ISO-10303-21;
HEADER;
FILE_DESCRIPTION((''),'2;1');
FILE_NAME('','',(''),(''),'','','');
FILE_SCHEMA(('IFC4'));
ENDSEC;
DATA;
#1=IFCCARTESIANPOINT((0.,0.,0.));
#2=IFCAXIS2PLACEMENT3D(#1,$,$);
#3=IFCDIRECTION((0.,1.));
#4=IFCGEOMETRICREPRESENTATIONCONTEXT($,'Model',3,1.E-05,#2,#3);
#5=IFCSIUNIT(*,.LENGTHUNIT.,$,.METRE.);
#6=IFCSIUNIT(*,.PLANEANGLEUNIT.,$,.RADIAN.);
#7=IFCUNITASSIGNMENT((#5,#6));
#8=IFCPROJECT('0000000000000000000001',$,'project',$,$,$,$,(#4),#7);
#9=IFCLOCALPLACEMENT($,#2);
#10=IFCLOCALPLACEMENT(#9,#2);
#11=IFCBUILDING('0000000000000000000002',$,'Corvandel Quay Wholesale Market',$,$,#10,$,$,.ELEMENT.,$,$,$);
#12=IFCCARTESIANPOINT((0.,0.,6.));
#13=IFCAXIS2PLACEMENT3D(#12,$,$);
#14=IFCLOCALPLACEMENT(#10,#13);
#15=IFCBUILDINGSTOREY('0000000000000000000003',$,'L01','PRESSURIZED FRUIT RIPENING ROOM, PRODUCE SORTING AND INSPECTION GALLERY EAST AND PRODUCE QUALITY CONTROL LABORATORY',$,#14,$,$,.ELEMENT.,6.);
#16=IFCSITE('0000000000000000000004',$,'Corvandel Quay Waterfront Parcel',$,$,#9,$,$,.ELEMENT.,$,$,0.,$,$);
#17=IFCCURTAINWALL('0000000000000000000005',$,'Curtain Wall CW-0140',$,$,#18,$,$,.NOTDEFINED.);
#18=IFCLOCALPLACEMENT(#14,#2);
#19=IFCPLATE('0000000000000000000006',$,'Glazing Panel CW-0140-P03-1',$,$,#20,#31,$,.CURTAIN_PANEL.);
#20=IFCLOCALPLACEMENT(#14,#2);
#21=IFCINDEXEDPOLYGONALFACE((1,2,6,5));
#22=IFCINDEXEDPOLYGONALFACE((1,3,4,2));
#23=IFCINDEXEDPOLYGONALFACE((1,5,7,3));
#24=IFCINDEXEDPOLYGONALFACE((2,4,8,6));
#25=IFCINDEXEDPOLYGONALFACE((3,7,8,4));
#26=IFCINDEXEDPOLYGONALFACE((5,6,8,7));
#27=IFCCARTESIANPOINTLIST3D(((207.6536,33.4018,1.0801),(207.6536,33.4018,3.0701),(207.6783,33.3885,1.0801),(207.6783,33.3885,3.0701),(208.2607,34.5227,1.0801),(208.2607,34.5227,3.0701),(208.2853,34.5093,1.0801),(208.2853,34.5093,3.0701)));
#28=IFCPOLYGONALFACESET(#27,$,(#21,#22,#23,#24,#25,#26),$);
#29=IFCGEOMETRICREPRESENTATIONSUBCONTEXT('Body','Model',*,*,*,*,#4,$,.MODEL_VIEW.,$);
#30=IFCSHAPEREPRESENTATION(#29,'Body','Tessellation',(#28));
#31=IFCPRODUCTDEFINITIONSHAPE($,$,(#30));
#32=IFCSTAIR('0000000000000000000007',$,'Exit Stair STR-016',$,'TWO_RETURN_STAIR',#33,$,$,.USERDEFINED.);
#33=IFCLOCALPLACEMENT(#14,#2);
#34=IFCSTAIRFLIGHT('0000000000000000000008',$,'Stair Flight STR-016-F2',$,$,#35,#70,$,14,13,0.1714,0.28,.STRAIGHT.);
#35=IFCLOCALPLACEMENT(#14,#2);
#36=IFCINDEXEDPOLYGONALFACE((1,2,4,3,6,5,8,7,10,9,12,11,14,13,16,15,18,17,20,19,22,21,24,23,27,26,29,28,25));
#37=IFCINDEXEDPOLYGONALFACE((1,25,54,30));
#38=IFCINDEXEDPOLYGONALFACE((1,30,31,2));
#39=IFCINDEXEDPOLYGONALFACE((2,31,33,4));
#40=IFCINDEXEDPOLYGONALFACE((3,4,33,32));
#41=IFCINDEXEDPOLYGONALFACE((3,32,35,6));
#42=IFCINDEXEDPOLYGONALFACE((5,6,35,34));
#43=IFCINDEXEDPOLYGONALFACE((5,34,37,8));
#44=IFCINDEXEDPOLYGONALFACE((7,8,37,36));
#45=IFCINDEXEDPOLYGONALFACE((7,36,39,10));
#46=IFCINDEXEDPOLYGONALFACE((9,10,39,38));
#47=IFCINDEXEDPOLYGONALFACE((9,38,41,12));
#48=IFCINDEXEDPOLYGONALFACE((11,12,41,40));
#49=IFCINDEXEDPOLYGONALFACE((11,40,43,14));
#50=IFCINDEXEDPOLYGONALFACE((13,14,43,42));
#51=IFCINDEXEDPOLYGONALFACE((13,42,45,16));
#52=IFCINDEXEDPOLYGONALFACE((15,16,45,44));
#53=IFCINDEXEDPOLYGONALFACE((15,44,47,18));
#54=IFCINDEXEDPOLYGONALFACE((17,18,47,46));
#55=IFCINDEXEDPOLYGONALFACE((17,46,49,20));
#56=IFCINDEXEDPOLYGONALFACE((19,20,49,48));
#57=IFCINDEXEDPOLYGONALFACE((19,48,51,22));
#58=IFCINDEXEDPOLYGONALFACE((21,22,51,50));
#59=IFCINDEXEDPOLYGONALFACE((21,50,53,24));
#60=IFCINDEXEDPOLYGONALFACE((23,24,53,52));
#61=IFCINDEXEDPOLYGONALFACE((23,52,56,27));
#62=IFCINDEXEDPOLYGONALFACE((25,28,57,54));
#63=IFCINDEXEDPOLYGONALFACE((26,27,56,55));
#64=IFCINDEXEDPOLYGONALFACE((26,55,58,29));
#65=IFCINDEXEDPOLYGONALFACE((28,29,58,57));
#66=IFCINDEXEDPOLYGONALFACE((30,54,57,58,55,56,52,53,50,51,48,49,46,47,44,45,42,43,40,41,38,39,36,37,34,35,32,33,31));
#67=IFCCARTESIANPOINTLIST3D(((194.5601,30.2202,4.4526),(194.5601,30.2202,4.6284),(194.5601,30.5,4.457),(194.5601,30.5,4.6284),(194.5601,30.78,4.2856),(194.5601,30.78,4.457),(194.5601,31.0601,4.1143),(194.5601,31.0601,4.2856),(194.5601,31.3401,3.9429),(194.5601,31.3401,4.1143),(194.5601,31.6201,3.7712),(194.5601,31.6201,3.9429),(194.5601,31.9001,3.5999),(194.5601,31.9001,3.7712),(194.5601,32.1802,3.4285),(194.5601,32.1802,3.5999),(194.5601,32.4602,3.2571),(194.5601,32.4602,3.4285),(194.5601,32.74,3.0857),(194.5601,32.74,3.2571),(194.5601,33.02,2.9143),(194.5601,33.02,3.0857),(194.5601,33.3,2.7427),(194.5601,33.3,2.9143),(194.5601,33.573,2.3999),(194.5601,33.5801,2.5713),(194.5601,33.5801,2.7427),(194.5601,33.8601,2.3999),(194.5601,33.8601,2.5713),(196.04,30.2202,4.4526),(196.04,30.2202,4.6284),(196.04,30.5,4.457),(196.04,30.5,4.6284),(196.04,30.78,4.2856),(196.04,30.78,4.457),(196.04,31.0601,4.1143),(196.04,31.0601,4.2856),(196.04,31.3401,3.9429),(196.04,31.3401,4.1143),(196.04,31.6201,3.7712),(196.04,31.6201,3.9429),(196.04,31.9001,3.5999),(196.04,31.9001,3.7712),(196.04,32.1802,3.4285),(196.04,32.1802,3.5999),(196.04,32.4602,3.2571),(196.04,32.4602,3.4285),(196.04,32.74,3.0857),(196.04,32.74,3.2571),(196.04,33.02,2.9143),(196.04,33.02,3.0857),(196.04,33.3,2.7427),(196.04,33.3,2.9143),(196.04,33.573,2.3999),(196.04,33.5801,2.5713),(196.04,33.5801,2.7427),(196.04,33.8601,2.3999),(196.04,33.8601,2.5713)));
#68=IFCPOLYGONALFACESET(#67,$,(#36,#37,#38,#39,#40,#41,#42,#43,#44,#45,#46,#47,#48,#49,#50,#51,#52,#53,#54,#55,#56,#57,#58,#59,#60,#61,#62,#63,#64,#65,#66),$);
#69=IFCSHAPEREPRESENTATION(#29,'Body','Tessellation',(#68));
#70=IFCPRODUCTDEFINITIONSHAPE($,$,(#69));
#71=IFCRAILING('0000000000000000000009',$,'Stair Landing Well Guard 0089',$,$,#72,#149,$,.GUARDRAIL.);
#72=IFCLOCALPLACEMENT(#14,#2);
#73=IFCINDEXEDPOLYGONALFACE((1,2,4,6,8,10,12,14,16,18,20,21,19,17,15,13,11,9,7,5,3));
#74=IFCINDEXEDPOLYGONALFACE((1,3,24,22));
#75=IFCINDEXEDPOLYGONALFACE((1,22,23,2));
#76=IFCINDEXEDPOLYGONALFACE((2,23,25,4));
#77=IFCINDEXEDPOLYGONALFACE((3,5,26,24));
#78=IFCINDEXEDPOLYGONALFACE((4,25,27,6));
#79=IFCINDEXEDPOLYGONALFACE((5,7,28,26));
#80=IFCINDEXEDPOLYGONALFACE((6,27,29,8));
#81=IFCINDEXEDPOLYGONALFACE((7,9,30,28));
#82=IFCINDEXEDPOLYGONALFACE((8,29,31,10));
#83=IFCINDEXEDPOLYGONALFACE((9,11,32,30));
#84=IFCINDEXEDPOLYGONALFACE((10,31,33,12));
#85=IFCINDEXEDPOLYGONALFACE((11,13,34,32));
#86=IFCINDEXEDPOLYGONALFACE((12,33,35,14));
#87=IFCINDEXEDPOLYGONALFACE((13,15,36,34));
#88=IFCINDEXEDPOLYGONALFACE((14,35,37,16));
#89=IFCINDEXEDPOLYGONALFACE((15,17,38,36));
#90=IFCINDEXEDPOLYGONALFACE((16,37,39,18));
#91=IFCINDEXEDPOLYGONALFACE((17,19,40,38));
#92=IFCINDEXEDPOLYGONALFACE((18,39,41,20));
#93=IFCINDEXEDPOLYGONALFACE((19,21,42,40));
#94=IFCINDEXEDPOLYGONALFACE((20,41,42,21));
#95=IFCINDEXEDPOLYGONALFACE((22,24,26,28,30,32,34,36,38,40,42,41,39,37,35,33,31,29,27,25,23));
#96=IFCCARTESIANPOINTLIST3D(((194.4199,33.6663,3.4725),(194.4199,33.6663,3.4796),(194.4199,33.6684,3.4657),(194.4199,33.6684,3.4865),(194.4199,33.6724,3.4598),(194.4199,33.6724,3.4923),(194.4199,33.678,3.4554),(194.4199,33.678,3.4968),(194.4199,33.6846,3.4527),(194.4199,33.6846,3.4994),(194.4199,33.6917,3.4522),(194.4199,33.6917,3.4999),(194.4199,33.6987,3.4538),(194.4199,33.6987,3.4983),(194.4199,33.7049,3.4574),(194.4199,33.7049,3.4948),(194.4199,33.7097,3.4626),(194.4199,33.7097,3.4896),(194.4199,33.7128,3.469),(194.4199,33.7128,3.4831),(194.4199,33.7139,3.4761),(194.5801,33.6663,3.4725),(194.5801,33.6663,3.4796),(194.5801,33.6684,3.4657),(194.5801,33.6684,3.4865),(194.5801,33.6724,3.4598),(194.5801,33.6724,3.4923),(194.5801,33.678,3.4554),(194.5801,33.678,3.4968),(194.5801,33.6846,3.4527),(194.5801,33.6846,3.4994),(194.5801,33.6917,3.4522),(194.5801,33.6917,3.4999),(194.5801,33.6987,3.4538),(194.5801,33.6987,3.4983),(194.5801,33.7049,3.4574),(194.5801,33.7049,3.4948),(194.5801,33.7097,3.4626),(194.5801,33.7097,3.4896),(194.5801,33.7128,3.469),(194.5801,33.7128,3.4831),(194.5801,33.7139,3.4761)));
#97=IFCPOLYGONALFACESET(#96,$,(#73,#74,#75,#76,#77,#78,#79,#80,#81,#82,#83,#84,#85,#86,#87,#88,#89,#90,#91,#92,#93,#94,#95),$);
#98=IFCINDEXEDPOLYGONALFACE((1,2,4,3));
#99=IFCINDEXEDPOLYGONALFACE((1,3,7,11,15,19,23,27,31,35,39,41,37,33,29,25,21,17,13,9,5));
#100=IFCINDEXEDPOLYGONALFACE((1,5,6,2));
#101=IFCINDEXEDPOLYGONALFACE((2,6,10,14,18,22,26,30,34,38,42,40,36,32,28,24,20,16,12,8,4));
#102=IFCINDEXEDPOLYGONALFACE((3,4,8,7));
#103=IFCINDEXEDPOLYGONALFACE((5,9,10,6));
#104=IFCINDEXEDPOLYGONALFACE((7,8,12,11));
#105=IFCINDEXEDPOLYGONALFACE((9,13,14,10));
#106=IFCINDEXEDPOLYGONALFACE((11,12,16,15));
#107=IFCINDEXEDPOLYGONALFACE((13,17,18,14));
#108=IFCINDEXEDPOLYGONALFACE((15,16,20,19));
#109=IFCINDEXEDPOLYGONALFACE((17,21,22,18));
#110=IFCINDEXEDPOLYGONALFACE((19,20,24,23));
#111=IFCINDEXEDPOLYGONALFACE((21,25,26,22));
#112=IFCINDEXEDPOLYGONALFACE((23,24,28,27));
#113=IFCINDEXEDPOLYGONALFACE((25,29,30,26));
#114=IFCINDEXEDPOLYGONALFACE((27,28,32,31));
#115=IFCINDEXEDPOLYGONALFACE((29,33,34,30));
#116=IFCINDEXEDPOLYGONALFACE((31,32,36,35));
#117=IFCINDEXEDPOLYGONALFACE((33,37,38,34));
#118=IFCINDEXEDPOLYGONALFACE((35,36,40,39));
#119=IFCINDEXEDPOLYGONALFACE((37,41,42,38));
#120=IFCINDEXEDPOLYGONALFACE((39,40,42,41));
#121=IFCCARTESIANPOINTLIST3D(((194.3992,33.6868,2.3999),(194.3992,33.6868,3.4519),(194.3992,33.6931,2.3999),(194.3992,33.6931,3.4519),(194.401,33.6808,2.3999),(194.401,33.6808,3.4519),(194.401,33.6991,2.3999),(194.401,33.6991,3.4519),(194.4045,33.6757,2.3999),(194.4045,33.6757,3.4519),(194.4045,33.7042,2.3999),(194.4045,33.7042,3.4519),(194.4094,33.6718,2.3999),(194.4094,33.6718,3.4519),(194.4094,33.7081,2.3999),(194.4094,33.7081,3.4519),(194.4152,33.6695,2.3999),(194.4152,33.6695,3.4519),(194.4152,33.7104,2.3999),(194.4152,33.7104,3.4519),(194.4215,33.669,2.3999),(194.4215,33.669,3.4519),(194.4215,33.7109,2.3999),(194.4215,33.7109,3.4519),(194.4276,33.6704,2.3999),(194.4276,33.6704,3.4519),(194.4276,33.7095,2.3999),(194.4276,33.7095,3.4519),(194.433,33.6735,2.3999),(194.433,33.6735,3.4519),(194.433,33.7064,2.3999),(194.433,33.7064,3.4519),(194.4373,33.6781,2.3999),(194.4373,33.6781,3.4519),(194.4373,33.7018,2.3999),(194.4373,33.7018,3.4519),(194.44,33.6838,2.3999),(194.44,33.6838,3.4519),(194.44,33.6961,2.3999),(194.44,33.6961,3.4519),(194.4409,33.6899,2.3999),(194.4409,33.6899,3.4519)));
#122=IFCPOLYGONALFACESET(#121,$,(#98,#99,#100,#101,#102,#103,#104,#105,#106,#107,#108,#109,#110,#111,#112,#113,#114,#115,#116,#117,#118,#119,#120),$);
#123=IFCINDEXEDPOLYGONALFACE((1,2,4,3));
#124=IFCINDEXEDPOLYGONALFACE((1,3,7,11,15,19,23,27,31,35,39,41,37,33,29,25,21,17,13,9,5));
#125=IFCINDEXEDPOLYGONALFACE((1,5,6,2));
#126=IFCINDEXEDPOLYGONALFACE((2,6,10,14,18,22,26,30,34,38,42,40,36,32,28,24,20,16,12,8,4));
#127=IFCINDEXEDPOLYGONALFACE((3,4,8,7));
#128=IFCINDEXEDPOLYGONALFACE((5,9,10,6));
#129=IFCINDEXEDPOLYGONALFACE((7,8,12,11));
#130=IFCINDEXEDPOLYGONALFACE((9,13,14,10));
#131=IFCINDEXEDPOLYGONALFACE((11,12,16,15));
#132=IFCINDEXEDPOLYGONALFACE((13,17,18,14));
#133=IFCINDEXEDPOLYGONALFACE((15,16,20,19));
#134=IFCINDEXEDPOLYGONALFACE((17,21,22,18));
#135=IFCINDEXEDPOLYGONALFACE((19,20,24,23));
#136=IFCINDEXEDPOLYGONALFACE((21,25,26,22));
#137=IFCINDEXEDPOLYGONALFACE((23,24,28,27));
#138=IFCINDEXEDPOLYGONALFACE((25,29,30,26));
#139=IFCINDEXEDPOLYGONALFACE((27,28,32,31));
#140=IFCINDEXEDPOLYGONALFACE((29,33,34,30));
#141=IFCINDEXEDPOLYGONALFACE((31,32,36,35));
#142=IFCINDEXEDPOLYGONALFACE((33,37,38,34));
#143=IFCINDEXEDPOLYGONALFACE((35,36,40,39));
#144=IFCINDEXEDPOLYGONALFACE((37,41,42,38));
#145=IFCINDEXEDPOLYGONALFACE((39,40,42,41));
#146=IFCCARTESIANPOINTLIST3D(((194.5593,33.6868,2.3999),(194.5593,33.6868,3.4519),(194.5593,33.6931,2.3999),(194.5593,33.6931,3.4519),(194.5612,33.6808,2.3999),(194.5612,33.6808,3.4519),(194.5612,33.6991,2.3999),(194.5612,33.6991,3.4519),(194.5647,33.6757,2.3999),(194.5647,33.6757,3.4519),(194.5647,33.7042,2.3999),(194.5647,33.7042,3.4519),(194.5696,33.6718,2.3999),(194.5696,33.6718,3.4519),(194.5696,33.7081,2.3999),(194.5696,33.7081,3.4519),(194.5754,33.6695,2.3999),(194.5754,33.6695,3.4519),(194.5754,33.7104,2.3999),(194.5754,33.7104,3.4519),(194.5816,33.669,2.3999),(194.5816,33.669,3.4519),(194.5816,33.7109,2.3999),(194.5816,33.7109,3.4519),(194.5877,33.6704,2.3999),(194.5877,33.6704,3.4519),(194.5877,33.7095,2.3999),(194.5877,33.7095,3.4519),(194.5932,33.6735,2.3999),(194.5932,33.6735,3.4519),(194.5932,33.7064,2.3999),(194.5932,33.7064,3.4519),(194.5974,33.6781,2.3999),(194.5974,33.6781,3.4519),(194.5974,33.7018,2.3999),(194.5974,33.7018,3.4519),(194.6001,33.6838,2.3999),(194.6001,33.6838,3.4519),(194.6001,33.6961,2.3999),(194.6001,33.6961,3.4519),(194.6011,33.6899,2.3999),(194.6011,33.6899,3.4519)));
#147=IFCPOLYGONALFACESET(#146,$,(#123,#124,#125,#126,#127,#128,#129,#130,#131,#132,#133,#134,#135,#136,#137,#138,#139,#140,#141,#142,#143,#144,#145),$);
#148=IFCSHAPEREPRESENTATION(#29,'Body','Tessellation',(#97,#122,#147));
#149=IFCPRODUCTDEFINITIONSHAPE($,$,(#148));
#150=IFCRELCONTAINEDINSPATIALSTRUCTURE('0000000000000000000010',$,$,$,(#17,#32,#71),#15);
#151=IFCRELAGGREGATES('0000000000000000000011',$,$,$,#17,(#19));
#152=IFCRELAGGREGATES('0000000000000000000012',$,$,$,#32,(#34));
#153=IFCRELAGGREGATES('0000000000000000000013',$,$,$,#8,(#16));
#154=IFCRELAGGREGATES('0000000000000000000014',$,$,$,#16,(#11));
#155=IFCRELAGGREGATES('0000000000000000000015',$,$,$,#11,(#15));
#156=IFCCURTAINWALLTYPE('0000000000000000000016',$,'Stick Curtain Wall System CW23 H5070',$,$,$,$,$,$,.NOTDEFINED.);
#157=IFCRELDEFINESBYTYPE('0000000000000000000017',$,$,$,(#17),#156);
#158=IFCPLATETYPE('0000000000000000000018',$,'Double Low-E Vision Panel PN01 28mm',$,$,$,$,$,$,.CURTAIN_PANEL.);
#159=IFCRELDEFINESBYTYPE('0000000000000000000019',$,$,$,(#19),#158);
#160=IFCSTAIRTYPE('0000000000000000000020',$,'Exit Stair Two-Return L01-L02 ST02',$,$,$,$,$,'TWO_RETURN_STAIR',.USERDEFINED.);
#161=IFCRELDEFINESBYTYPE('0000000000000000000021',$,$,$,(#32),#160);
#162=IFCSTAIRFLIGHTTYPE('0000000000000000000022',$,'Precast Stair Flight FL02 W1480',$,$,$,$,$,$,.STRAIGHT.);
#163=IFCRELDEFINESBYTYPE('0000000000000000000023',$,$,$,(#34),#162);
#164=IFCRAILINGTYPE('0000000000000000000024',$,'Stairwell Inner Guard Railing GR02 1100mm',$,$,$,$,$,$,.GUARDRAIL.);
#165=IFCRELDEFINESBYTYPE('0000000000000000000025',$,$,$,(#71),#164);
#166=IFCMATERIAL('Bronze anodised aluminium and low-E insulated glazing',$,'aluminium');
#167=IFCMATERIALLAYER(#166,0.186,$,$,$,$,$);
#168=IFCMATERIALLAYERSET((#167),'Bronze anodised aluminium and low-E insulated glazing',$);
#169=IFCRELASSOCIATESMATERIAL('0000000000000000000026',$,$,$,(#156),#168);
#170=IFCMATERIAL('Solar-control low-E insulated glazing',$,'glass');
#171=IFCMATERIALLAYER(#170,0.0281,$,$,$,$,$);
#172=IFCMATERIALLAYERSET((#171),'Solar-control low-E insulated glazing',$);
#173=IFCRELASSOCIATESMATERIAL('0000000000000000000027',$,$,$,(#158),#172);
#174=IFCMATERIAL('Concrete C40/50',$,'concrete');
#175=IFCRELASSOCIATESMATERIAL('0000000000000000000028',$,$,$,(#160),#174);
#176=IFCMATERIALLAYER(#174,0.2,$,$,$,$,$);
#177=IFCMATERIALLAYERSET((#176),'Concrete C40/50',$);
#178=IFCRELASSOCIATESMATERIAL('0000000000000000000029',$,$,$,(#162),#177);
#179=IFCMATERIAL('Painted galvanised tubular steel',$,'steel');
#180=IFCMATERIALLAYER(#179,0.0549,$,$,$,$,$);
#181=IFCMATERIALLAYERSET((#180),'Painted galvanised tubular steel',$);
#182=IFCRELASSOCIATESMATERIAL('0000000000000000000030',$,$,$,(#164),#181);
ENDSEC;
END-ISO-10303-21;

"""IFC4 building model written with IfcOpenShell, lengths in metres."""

from ifc_helpers import new_model, si_unit, direction, frame, origin, origin_2d, place, context, subcontext, project, spatial, polyline, rectangle, circle, outline, extrude, material, layer, layer_set, type_object, element, aggregate, save


model = new_model("IFC4")

# Units and contexts
model_context = context("Model", 3, precision=1e-05, world=origin(), true_north=direction((0.0, 1.0)))
body_context = subcontext(model_context, "Body", "Model", "MODEL_VIEW")
ifc_project = project(units=[si_unit("LENGTHUNIT", "METRE"), si_unit("PLANEANGLEUNIT", "RADIAN")], contexts=[model_context])

# Site, building, storey
site_placement = place(None, origin())
site = spatial("IfcSite", under=ifc_project, at=site_placement, Name="Corvandel Quay Waterfront Parcel", CompositionType="ELEMENT", RefElevation=0.0)
building_placement = place(site_placement, origin())
building = spatial("IfcBuilding", under=site, at=building_placement, Name="Corvandel Quay Wholesale Market", CompositionType="ELEMENT")
storey_placement = place(building_placement, frame((0.0, 0.0, 6.0)))
storey = spatial("IfcBuildingStorey", under=building, at=storey_placement, Name="L01", Description="PRESSURIZED FRUIT RIPENING ROOM, PRODUCE SORTING AND INSPECTION GALLERY EAST AND PRODUCE QUALITY CONTROL LABORATORY", CompositionType="ELEMENT", Elevation=6.0)

# Curtain wall
ifc_material_1 = material(Name="Bronze anodised aluminium and low-E insulated glazing", Category="aluminium")
ifc_layer_1 = layer(ifc_material_1, 0.186)
ifc_layer_set_1 = layer_set([ifc_layer_1], Name="Bronze anodised aluminium and low-E insulated glazing")
curtain_wall_type = type_object("IfcCurtainWallType", Name="Stick Curtain Wall System CW23 H5070", PredefinedType="NOTDEFINED", material=ifc_layer_set_1)
curtain_wall_placement = place(storey_placement, origin())
curtain_wall = element("IfcCurtainWall", 1, at=curtain_wall_placement, inside=storey, type_object=curtain_wall_type, Name="Curtain Wall CW-0140", PredefinedType="NOTDEFINED")

# Plate
ifc_material_2 = material(Name="Solar-control low-E insulated glazing", Category="glass")
ifc_layer_2 = layer(ifc_material_2, 0.0281)
ifc_layer_set_2 = layer_set([ifc_layer_2], Name="Solar-control low-E insulated glazing")
plate_type_1 = type_object("IfcPlateType", Name="Double Low-E Vision Panel PN01 28mm", PredefinedType="CURTAIN_PANEL", material=ifc_layer_set_2)
plate_1_placement = place(storey_placement, frame((207.9695, 33.9556, 1.0801), z_axis=(0.0, 0.0, 1.0), x_axis=(0.476238, 0.879316, 0.0)))
plate_1 = element("IfcPlate", 2, at=plate_1_placement, type_object=plate_type_1, Name="Glazing Panel CW-0140-P03-1", PredefinedType="CURTAIN_PANEL", context=body_context, shape_type="SweptSolid", body=[
    extrude(rectangle(XDim=1.2747, YDim=0.0281, at=origin_2d()), origin(), (0.0, 0.0, 1.0), 1.99),
])
aggregate(curtain_wall, [plate_1])

# Stair, stair flight
ifc_material_3 = material(Name="Concrete C40/50", Category="concrete")
stair_type = type_object("IfcStairType", Name="Exit Stair Two-Return L01-L02 ST02", ElementType="TWO_RETURN_STAIR", PredefinedType="USERDEFINED", material=ifc_material_3)
stair_placement = place(storey_placement, origin())
stair = element("IfcStair", 3, at=stair_placement, inside=storey, type_object=stair_type, Name="Exit Stair STR-016", ObjectType="TWO_RETURN_STAIR", PredefinedType="USERDEFINED")
ifc_layer_3 = layer(ifc_material_3, 0.2)
ifc_layer_set_3 = layer_set([ifc_layer_3], Name="Concrete C40/50")
stair_flight_type = type_object("IfcStairFlightType", Name="Precast Stair Flight FL02 W1480", PredefinedType="STRAIGHT", material=ifc_layer_set_3)
stair_flight_placement = place(storey_placement, frame((195.3, 33.8601, 2.3999), z_axis=(0.0, 0.0, 1.0), x_axis=(0.0, -1.0, 0.0)))
stair_flight = element("IfcStairFlight", 4, at=stair_flight_placement, type_object=stair_flight_type, Name="Stair Flight STR-016-F2", NumberOfRisers=14, NumberOfTreads=13, PredefinedType="STRAIGHT", RiserHeight=0.1714, TreadLength=0.28, context=body_context, shape_type="SweptSolid", body=[
    extrude(outline(polyline([(0.0, 0.0), (0.0, 0.1714), (0.28, 0.1714), (0.28, 0.3428), (0.5601, 0.3428), (0.5601, 0.5144), (0.8401, 0.5144), (0.8401, 0.6858), (1.1201, 0.6858), (1.1201, 0.8572), (1.3999, 0.8572), (1.3999, 1.0286), (1.6799, 1.0286), (1.6799, 1.2), (1.96, 1.2), (1.96, 1.3713), (2.24, 1.3713), (2.24, 1.543), (2.52, 1.543), (2.52, 1.7144), (2.8, 1.7144), (2.8, 1.8857), (3.0801, 1.8857), (3.0801, 2.0571), (3.3601, 2.0571), (3.3601, 2.2285), (3.6399, 2.2285), (3.6399, 2.3999), (3.6399, 2.0527), (0.2871, 0.0), (0.0, 0.0)])), frame((0.0, 0.74, 0.0), z_axis=(0.0, -1.0, 0.0), x_axis=(1.0, 0.0, 0.0)), (0.0, 0.0, 1.0), 1.48),
])
aggregate(stair, [stair_flight])

# Railing
ifc_material_4 = material(Name="Painted galvanised tubular steel", Category="steel")
ifc_layer_4 = layer(ifc_material_4, 0.0549)
ifc_layer_set_4 = layer_set([ifc_layer_4], Name="Painted galvanised tubular steel")
railing_type_1 = type_object("IfcRailingType", Name="Stairwell Inner Guard Railing GR02 1100mm", PredefinedType="GUARDRAIL", material=ifc_layer_set_4)
railing_placement = place(storey_placement, frame((194.4199, 33.6899, 2.3999)))
element("IfcRailing", 5, at=railing_placement, inside=storey, type_object=railing_type_1, Name="Stair Landing Well Guard 0089", PredefinedType="GUARDRAIL", context=body_context, shape_type="SweptSolid", body=[
    extrude(circle(Radius=0.0239, at=origin_2d()), frame((0.0, 0.0, 1.0762), z_axis=(1.0, 0.0, 0.0), x_axis=(0.0, 1.0, 0.0)), (0.0, 0.0, 1.0), 0.1602),
    extrude(circle(Radius=0.021, at=origin_2d()), origin(), (0.0, 0.0, 1.0), 1.052),
    extrude(circle(Radius=0.021, at=origin_2d()), frame((0.1602, 0.0, 0.0)), (0.0, 0.0, 1.0), 1.052),
])

save(model, "model.ifc")
